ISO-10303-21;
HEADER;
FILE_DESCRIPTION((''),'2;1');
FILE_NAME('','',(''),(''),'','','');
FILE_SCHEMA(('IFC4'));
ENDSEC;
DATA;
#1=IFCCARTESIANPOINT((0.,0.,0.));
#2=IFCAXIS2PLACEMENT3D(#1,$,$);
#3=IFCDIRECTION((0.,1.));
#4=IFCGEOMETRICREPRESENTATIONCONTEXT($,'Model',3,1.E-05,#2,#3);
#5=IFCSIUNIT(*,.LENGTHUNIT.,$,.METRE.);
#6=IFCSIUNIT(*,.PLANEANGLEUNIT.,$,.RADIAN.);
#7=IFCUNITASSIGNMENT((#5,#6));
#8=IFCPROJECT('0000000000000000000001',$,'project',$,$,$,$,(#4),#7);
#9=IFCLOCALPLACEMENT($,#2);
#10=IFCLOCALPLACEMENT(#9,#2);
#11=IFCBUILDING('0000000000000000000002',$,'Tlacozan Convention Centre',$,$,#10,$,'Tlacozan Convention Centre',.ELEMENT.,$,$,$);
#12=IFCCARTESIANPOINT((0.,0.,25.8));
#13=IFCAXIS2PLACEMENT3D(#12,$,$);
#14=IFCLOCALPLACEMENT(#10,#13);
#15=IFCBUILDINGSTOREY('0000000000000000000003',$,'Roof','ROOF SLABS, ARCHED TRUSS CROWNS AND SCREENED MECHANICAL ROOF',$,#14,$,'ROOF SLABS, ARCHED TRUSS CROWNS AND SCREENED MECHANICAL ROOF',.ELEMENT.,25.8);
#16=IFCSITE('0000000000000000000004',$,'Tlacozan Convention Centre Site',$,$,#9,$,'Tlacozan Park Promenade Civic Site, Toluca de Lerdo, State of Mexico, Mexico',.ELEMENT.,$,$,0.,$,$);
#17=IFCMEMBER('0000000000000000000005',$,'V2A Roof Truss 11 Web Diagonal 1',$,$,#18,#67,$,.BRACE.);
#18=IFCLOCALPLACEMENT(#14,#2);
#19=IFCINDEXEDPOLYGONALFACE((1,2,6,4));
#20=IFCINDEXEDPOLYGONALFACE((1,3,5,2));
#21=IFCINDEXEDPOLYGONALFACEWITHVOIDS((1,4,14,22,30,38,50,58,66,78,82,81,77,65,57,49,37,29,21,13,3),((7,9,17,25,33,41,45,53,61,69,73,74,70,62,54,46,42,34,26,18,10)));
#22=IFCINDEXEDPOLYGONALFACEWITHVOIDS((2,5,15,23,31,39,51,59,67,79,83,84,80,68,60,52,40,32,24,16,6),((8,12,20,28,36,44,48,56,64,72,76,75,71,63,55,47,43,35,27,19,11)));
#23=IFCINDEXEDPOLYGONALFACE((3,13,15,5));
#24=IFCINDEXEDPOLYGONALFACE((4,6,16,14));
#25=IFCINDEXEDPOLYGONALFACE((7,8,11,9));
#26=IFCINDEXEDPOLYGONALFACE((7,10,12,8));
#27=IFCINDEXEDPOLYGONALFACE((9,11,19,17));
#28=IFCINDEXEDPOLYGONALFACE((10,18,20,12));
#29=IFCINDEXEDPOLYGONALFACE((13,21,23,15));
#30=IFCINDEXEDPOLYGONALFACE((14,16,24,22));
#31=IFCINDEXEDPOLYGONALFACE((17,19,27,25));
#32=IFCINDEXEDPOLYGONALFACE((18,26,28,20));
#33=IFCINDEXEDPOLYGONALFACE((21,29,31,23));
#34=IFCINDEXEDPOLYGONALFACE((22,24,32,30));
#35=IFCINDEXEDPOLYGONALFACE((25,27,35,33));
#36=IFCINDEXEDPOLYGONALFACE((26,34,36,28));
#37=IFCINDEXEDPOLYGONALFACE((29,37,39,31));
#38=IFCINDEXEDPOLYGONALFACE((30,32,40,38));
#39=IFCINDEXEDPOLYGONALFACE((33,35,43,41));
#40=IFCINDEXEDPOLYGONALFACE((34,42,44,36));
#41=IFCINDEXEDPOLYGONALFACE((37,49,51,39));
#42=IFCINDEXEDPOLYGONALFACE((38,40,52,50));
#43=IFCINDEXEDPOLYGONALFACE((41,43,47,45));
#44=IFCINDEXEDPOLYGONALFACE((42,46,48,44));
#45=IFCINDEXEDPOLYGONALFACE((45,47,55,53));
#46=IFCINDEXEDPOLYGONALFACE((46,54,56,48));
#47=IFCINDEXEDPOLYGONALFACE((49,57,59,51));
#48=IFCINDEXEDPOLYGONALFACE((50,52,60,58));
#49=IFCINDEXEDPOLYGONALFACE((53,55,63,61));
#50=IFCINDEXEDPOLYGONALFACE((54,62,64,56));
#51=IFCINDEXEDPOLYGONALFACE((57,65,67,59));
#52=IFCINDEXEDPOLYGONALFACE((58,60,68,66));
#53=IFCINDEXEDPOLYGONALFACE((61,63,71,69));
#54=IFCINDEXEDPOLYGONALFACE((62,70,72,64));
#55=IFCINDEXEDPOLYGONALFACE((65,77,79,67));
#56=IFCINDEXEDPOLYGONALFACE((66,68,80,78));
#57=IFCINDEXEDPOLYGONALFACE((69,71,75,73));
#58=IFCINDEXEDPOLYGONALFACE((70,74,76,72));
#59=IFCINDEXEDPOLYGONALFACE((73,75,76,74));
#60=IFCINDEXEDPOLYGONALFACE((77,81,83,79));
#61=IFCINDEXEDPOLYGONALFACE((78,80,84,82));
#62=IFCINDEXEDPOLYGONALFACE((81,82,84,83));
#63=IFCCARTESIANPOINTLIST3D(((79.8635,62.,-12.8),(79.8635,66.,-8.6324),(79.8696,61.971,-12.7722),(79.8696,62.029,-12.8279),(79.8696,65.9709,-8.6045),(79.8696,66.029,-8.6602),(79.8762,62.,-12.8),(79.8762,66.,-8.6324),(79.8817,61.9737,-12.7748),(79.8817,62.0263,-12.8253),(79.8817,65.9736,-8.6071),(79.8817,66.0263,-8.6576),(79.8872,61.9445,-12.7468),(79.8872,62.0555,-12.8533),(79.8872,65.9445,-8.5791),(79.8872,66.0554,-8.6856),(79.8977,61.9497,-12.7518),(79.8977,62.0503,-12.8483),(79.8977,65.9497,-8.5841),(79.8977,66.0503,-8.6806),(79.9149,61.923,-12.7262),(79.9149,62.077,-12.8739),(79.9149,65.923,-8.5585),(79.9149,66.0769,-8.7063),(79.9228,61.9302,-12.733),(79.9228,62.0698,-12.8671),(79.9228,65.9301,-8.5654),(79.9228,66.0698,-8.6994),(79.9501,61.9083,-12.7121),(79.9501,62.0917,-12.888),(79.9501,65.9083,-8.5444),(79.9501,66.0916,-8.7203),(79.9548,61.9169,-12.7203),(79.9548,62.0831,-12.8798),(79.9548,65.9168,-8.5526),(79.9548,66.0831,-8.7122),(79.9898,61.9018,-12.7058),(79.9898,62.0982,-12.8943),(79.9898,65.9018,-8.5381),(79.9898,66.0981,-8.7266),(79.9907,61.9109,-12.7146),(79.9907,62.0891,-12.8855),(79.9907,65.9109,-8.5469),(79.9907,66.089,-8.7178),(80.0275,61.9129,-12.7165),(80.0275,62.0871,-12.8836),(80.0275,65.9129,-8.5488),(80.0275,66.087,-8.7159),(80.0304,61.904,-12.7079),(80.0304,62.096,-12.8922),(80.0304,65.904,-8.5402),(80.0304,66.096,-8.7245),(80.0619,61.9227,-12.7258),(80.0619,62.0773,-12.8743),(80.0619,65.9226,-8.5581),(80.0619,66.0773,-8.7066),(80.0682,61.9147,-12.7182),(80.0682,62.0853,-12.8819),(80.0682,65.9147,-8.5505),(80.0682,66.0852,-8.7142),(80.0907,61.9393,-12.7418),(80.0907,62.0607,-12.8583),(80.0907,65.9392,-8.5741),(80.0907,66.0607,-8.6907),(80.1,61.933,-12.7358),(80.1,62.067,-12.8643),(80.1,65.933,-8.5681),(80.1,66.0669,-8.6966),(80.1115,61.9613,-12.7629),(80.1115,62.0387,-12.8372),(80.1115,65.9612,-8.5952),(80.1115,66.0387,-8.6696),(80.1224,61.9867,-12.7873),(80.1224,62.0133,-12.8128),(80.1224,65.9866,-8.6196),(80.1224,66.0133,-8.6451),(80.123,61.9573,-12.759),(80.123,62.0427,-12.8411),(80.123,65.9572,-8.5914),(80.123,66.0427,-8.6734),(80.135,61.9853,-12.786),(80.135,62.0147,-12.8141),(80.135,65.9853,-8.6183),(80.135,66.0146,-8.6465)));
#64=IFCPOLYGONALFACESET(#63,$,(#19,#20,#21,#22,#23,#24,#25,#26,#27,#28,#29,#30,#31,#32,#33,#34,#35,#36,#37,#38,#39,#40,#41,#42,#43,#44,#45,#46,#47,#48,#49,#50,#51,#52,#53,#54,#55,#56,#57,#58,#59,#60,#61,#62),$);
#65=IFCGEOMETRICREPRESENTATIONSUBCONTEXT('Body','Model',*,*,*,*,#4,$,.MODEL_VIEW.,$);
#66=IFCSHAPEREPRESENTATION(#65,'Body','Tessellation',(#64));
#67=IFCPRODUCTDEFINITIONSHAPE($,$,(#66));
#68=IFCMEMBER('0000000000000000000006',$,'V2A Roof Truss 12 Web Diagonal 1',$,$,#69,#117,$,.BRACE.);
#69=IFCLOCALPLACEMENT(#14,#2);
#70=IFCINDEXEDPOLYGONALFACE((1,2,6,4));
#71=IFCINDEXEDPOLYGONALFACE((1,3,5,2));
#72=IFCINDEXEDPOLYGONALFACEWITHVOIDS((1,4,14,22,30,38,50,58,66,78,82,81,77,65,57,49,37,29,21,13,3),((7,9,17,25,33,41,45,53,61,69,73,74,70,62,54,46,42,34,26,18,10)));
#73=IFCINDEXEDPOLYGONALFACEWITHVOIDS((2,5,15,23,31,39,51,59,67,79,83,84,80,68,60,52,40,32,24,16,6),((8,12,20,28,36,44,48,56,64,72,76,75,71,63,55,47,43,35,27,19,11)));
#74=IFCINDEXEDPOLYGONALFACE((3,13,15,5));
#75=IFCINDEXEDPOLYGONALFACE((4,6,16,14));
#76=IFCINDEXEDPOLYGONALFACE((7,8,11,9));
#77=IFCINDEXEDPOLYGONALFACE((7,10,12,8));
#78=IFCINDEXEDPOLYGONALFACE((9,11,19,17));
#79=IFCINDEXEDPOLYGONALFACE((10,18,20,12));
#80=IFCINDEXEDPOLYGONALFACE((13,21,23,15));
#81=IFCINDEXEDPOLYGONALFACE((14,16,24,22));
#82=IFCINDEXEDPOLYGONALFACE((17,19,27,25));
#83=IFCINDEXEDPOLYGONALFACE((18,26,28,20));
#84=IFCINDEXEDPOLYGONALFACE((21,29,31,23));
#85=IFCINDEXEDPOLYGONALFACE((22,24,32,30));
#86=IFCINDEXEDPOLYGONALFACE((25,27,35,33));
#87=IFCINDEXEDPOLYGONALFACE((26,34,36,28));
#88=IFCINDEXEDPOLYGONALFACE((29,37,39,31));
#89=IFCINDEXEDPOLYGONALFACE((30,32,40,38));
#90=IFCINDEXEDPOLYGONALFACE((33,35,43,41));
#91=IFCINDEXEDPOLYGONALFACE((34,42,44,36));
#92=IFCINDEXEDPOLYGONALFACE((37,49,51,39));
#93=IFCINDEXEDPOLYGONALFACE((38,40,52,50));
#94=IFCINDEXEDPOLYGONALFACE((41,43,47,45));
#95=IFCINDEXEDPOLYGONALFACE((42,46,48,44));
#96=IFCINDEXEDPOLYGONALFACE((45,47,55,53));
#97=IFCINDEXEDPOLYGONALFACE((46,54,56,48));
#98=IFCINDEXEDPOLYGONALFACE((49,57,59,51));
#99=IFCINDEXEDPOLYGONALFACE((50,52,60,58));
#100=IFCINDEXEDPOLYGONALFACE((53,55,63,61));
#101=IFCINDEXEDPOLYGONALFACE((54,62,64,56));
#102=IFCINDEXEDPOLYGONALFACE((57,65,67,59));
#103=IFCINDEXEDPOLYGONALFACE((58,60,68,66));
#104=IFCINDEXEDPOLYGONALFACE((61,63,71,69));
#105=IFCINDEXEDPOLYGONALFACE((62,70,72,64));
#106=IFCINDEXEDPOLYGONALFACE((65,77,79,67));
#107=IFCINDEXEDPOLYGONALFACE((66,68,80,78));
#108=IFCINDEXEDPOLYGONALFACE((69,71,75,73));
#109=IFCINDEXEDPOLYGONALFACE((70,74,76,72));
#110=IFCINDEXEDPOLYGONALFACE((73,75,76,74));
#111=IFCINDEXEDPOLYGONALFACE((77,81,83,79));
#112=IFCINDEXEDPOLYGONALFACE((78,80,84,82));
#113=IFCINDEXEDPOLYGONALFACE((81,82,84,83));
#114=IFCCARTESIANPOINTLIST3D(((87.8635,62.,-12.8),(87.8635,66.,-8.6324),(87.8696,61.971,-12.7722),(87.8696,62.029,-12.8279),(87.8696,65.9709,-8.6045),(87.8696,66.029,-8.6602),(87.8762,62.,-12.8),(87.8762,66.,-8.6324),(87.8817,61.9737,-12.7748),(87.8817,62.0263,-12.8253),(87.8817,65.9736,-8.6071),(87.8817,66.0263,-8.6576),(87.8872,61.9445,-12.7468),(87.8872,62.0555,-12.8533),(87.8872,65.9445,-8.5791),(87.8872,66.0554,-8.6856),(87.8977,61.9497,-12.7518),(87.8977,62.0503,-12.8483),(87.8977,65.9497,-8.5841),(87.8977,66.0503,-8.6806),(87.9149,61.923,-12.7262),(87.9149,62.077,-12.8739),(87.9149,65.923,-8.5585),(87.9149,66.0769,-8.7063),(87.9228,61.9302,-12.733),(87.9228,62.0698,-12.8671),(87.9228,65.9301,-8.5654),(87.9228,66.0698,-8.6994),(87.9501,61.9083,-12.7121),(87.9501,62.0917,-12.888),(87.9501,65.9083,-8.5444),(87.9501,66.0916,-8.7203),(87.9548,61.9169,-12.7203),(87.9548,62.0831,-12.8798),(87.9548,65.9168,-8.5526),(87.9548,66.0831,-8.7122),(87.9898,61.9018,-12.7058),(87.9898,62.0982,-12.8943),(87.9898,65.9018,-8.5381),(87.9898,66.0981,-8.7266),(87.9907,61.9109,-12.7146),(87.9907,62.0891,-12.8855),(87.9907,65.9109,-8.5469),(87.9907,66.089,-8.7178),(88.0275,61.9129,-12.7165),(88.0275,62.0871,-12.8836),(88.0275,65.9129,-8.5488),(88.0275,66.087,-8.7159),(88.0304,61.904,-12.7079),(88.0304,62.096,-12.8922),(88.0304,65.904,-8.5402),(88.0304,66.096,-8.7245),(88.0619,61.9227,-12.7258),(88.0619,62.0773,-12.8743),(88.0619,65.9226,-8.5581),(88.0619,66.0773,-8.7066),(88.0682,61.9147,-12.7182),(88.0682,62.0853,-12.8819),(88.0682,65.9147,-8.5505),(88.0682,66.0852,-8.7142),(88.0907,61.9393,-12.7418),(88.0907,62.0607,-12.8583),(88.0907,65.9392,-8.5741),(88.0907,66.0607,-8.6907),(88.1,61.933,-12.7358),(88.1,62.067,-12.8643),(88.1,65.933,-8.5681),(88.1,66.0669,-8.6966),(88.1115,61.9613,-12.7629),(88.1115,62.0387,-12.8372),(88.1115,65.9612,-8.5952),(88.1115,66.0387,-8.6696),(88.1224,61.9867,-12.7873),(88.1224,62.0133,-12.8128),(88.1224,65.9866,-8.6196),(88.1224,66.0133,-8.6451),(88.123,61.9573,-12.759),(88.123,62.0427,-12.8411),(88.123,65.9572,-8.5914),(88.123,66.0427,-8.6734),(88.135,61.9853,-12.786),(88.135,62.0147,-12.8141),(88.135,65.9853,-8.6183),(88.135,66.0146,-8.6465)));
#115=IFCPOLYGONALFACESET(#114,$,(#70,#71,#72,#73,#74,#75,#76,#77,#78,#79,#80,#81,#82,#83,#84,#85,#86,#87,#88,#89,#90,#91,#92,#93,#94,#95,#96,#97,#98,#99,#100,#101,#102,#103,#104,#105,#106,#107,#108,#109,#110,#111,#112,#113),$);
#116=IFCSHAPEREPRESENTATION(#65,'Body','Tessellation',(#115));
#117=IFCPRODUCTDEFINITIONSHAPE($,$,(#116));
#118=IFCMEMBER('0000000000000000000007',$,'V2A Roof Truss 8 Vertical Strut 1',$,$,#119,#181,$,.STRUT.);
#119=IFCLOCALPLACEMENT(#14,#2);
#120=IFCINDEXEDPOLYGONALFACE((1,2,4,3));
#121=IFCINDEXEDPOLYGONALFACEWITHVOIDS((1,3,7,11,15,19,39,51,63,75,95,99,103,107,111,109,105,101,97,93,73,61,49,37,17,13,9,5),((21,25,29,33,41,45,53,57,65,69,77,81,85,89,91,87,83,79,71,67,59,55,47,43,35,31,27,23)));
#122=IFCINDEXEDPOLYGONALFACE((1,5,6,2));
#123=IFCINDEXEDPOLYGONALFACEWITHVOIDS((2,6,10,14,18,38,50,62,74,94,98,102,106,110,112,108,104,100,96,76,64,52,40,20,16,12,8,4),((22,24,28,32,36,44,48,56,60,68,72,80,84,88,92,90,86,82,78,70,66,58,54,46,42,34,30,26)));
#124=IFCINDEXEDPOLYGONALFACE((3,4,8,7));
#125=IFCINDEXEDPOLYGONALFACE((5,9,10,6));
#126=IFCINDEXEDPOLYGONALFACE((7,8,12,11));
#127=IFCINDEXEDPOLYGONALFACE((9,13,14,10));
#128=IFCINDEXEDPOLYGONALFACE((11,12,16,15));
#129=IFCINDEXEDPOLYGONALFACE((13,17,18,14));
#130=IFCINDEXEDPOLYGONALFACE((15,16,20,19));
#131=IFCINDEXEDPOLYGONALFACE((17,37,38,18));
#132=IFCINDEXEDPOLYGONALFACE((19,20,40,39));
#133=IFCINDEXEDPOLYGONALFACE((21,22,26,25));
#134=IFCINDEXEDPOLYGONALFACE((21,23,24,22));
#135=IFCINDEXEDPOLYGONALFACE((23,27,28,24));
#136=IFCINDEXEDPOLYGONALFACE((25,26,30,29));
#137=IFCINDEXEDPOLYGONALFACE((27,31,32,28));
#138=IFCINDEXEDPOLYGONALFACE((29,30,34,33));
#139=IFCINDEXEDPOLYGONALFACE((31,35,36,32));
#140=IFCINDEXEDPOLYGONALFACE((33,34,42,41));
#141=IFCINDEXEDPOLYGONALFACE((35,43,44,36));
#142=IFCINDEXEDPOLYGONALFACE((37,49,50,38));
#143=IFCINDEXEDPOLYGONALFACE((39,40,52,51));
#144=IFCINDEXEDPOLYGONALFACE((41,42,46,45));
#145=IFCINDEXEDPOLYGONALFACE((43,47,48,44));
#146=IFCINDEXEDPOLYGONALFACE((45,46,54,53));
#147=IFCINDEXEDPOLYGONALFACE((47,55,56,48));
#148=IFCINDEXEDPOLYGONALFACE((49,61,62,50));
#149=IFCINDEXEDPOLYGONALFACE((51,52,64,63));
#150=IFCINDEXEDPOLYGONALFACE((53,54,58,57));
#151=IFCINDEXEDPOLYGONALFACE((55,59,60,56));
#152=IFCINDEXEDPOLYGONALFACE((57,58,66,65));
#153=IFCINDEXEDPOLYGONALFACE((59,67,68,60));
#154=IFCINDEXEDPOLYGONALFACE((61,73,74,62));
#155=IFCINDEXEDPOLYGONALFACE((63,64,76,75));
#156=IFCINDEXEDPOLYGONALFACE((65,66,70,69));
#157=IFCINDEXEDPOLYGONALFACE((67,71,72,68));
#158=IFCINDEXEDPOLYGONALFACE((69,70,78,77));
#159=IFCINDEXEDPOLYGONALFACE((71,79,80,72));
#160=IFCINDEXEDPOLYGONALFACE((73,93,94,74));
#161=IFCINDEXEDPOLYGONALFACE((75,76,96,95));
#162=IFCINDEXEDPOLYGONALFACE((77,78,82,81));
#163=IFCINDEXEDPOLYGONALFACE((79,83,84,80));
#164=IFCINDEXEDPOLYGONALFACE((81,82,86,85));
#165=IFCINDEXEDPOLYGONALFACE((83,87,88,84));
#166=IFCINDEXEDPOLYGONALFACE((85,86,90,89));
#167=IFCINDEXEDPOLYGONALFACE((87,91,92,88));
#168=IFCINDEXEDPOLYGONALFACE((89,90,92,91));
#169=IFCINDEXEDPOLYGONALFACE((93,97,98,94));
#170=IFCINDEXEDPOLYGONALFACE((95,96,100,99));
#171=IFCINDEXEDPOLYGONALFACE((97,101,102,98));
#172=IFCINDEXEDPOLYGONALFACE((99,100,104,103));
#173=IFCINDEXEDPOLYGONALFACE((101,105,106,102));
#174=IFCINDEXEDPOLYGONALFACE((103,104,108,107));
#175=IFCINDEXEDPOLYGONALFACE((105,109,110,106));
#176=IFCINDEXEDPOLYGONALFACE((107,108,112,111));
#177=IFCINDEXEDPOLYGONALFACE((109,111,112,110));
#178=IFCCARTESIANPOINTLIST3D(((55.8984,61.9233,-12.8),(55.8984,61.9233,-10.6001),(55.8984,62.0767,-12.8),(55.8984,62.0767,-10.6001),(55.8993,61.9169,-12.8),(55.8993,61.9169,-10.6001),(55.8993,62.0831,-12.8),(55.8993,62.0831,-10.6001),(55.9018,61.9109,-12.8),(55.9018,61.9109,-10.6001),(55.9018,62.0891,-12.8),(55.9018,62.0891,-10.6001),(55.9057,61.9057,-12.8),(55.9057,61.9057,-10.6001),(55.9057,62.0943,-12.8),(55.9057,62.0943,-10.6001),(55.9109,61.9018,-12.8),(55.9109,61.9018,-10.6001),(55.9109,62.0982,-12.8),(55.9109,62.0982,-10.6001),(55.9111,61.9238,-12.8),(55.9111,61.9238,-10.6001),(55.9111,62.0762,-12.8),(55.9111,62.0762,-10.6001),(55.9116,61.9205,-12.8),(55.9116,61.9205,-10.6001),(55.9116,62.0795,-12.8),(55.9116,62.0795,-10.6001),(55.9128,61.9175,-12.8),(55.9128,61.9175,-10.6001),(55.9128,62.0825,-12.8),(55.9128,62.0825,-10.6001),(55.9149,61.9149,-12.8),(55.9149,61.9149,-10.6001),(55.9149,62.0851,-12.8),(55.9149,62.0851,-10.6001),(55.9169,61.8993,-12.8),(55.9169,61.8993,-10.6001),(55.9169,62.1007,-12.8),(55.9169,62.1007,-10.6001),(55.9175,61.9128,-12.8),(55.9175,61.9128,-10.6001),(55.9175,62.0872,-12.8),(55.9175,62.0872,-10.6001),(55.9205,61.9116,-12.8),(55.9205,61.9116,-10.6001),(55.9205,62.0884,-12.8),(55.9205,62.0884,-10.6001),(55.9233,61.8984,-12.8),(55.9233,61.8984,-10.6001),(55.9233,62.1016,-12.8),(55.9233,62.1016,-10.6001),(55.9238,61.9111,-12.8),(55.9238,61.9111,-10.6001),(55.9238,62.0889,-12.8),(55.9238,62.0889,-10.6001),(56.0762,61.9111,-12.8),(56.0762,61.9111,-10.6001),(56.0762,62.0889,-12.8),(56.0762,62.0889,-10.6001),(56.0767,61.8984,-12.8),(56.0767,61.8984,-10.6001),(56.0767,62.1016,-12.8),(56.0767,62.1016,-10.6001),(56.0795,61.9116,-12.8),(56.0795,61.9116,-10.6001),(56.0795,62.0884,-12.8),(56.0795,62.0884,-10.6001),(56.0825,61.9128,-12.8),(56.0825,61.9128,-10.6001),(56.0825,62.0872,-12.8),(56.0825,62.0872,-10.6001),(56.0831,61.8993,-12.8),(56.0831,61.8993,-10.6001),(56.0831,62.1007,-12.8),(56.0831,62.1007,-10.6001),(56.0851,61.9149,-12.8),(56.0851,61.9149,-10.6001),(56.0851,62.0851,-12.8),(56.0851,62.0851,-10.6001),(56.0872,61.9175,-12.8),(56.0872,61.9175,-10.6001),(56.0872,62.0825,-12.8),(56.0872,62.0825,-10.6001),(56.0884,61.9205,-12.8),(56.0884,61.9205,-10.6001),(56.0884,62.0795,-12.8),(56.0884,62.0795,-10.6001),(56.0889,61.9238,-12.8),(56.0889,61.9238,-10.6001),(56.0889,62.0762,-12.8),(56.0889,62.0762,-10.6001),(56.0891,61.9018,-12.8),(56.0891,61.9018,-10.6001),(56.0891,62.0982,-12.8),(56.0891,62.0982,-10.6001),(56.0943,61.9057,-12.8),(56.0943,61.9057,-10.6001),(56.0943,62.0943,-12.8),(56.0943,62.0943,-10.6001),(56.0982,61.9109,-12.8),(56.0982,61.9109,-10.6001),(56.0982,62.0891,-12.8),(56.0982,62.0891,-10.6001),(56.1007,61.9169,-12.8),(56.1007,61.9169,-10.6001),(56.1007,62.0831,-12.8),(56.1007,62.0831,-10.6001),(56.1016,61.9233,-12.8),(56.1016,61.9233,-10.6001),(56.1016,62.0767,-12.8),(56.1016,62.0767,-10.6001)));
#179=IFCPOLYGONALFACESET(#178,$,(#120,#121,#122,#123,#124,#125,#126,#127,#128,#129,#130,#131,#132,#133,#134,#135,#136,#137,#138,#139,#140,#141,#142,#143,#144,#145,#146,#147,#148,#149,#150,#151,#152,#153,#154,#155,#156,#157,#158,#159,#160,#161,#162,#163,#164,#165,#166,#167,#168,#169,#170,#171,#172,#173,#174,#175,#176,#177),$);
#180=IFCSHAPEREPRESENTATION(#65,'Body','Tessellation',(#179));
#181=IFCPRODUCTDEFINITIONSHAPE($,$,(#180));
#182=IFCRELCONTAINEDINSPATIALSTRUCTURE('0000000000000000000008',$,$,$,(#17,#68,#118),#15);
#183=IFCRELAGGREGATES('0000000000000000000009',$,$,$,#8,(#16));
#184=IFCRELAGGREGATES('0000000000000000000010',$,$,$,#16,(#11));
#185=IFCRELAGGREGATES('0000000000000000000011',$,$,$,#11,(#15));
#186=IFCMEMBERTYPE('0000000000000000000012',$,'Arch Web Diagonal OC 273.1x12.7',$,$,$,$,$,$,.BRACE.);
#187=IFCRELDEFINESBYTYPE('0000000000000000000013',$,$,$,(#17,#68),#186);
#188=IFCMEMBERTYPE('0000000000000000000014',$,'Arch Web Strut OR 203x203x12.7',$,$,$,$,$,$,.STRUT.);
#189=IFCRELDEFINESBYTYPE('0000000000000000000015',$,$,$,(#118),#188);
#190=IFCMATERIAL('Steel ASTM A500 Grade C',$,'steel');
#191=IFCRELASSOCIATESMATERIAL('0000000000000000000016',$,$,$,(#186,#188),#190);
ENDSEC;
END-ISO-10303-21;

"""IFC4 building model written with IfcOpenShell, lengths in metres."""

from ifc_helpers import new_model, si_unit, direction, frame, origin, origin_2d, place, context, subcontext, project, spatial, hollow_rectangle, hollow_circle, extrude, material, material_profile, profile_set, type_object, element, save


model = new_model("IFC4")

# Units and contexts
model_context = context("Model", 3, precision=1e-05, world=origin(), true_north=direction((0.0, 1.0)))
body_context = subcontext(model_context, "Body", "Model", "MODEL_VIEW")
ifc_project = project(units=[si_unit("LENGTHUNIT", "METRE"), si_unit("PLANEANGLEUNIT", "RADIAN")], contexts=[model_context])

# Site, building, storey
site_placement = place(None, origin())
site = spatial("IfcSite", under=ifc_project, at=site_placement, Name="Tlacozan Convention Centre Site", LongName="Tlacozan Park Promenade Civic Site, Toluca de Lerdo, State of Mexico, Mexico", CompositionType="ELEMENT", RefElevation=0.0)
building_placement = place(site_placement, origin())
building = spatial("IfcBuilding", under=site, at=building_placement, Name="Tlacozan Convention Centre", LongName="Tlacozan Convention Centre", CompositionType="ELEMENT")
storey_placement = place(building_placement, frame((0.0, 0.0, 25.8)))
storey = spatial("IfcBuildingStorey", under=building, at=storey_placement, Name="Roof", Description="ROOF SLABS, ARCHED TRUSS CROWNS AND SCREENED MECHANICAL ROOF", LongName="ROOF SLABS, ARCHED TRUSS CROWNS AND SCREENED MECHANICAL ROOF", CompositionType="ELEMENT", Elevation=25.8)

# Members
ifc_material_1 = material(Name="Steel ASTM A500 Grade C", Category="steel")
ifc_material_profile_1 = material_profile(ifc_material_1, hollow_circle(Radius=0.1365, WallThickness=0.0127, at=origin_2d()), Name="OC 273.1x12.7")
ifc_profile_set_1 = profile_set([ifc_material_profile_1], Name="Steel ASTM A500 Grade C")
member_type_1 = type_object("IfcMemberType", Name="Arch Web Diagonal OC 273.1x12.7", PredefinedType="BRACE", material=ifc_profile_set_1)
for number, where, z_axis, x_axis, name in (
    (1, (80.0, 62.0, -12.8), (0.0, 0.69244, 0.721475), (-1.0, 0.0, 0.0), "V2A Roof Truss 11 Web Diagonal 1"),
    (2, (88.0, 62.0, -12.8), (0.0, 0.69244, 0.721475), (-1.0, 0.0, 0.0), "V2A Roof Truss 12 Web Diagonal 1"),
):
    element("IfcMember", number, at=place(storey_placement, frame(where, z_axis=z_axis, x_axis=x_axis)), inside=storey, type_object=member_type_1, Name=name, PredefinedType="BRACE", context=body_context, shape_type="SweptSolid", body=[
        extrude(hollow_circle(Radius=0.1365, WallThickness=0.0127, at=origin_2d()), origin(), (0.0, 0.0, 1.0), 5.7766),
    ])
ifc_material_profile_2 = material_profile(ifc_material_1, hollow_rectangle(XDim=0.2031, YDim=0.2031, WallThickness=0.0127, InnerFilletRadius=0.0127, OuterFilletRadius=0.0249, at=origin_2d()), Name="OR 203x203x12.7")
ifc_profile_set_2 = profile_set([ifc_material_profile_2], Name="Steel ASTM A500 Grade C")
member_type_2 = type_object("IfcMemberType", Name="Arch Web Strut OR 203x203x12.7", PredefinedType="STRUT", material=ifc_profile_set_2)
for number, where, z_axis, x_axis, name in (
    (3, (56.0, 62.0, -12.8), (0.0, 0.0, 1.0), (1.0, 0.0, 0.0), "V2A Roof Truss 8 Vertical Strut 1"),
):
    element("IfcMember", number, at=place(storey_placement, frame(where, z_axis=z_axis, x_axis=x_axis)), inside=storey, type_object=member_type_2, Name=name, PredefinedType="STRUT", context=body_context, shape_type="SweptSolid", body=[
        extrude(hollow_rectangle(XDim=0.2031, YDim=0.2031, WallThickness=0.0127, InnerFilletRadius=0.0127, OuterFilletRadius=0.0249, at=origin_2d()), origin(), (0.0, 0.0, 1.0), 2.2),
    ])

save(model, "model.ifc")
